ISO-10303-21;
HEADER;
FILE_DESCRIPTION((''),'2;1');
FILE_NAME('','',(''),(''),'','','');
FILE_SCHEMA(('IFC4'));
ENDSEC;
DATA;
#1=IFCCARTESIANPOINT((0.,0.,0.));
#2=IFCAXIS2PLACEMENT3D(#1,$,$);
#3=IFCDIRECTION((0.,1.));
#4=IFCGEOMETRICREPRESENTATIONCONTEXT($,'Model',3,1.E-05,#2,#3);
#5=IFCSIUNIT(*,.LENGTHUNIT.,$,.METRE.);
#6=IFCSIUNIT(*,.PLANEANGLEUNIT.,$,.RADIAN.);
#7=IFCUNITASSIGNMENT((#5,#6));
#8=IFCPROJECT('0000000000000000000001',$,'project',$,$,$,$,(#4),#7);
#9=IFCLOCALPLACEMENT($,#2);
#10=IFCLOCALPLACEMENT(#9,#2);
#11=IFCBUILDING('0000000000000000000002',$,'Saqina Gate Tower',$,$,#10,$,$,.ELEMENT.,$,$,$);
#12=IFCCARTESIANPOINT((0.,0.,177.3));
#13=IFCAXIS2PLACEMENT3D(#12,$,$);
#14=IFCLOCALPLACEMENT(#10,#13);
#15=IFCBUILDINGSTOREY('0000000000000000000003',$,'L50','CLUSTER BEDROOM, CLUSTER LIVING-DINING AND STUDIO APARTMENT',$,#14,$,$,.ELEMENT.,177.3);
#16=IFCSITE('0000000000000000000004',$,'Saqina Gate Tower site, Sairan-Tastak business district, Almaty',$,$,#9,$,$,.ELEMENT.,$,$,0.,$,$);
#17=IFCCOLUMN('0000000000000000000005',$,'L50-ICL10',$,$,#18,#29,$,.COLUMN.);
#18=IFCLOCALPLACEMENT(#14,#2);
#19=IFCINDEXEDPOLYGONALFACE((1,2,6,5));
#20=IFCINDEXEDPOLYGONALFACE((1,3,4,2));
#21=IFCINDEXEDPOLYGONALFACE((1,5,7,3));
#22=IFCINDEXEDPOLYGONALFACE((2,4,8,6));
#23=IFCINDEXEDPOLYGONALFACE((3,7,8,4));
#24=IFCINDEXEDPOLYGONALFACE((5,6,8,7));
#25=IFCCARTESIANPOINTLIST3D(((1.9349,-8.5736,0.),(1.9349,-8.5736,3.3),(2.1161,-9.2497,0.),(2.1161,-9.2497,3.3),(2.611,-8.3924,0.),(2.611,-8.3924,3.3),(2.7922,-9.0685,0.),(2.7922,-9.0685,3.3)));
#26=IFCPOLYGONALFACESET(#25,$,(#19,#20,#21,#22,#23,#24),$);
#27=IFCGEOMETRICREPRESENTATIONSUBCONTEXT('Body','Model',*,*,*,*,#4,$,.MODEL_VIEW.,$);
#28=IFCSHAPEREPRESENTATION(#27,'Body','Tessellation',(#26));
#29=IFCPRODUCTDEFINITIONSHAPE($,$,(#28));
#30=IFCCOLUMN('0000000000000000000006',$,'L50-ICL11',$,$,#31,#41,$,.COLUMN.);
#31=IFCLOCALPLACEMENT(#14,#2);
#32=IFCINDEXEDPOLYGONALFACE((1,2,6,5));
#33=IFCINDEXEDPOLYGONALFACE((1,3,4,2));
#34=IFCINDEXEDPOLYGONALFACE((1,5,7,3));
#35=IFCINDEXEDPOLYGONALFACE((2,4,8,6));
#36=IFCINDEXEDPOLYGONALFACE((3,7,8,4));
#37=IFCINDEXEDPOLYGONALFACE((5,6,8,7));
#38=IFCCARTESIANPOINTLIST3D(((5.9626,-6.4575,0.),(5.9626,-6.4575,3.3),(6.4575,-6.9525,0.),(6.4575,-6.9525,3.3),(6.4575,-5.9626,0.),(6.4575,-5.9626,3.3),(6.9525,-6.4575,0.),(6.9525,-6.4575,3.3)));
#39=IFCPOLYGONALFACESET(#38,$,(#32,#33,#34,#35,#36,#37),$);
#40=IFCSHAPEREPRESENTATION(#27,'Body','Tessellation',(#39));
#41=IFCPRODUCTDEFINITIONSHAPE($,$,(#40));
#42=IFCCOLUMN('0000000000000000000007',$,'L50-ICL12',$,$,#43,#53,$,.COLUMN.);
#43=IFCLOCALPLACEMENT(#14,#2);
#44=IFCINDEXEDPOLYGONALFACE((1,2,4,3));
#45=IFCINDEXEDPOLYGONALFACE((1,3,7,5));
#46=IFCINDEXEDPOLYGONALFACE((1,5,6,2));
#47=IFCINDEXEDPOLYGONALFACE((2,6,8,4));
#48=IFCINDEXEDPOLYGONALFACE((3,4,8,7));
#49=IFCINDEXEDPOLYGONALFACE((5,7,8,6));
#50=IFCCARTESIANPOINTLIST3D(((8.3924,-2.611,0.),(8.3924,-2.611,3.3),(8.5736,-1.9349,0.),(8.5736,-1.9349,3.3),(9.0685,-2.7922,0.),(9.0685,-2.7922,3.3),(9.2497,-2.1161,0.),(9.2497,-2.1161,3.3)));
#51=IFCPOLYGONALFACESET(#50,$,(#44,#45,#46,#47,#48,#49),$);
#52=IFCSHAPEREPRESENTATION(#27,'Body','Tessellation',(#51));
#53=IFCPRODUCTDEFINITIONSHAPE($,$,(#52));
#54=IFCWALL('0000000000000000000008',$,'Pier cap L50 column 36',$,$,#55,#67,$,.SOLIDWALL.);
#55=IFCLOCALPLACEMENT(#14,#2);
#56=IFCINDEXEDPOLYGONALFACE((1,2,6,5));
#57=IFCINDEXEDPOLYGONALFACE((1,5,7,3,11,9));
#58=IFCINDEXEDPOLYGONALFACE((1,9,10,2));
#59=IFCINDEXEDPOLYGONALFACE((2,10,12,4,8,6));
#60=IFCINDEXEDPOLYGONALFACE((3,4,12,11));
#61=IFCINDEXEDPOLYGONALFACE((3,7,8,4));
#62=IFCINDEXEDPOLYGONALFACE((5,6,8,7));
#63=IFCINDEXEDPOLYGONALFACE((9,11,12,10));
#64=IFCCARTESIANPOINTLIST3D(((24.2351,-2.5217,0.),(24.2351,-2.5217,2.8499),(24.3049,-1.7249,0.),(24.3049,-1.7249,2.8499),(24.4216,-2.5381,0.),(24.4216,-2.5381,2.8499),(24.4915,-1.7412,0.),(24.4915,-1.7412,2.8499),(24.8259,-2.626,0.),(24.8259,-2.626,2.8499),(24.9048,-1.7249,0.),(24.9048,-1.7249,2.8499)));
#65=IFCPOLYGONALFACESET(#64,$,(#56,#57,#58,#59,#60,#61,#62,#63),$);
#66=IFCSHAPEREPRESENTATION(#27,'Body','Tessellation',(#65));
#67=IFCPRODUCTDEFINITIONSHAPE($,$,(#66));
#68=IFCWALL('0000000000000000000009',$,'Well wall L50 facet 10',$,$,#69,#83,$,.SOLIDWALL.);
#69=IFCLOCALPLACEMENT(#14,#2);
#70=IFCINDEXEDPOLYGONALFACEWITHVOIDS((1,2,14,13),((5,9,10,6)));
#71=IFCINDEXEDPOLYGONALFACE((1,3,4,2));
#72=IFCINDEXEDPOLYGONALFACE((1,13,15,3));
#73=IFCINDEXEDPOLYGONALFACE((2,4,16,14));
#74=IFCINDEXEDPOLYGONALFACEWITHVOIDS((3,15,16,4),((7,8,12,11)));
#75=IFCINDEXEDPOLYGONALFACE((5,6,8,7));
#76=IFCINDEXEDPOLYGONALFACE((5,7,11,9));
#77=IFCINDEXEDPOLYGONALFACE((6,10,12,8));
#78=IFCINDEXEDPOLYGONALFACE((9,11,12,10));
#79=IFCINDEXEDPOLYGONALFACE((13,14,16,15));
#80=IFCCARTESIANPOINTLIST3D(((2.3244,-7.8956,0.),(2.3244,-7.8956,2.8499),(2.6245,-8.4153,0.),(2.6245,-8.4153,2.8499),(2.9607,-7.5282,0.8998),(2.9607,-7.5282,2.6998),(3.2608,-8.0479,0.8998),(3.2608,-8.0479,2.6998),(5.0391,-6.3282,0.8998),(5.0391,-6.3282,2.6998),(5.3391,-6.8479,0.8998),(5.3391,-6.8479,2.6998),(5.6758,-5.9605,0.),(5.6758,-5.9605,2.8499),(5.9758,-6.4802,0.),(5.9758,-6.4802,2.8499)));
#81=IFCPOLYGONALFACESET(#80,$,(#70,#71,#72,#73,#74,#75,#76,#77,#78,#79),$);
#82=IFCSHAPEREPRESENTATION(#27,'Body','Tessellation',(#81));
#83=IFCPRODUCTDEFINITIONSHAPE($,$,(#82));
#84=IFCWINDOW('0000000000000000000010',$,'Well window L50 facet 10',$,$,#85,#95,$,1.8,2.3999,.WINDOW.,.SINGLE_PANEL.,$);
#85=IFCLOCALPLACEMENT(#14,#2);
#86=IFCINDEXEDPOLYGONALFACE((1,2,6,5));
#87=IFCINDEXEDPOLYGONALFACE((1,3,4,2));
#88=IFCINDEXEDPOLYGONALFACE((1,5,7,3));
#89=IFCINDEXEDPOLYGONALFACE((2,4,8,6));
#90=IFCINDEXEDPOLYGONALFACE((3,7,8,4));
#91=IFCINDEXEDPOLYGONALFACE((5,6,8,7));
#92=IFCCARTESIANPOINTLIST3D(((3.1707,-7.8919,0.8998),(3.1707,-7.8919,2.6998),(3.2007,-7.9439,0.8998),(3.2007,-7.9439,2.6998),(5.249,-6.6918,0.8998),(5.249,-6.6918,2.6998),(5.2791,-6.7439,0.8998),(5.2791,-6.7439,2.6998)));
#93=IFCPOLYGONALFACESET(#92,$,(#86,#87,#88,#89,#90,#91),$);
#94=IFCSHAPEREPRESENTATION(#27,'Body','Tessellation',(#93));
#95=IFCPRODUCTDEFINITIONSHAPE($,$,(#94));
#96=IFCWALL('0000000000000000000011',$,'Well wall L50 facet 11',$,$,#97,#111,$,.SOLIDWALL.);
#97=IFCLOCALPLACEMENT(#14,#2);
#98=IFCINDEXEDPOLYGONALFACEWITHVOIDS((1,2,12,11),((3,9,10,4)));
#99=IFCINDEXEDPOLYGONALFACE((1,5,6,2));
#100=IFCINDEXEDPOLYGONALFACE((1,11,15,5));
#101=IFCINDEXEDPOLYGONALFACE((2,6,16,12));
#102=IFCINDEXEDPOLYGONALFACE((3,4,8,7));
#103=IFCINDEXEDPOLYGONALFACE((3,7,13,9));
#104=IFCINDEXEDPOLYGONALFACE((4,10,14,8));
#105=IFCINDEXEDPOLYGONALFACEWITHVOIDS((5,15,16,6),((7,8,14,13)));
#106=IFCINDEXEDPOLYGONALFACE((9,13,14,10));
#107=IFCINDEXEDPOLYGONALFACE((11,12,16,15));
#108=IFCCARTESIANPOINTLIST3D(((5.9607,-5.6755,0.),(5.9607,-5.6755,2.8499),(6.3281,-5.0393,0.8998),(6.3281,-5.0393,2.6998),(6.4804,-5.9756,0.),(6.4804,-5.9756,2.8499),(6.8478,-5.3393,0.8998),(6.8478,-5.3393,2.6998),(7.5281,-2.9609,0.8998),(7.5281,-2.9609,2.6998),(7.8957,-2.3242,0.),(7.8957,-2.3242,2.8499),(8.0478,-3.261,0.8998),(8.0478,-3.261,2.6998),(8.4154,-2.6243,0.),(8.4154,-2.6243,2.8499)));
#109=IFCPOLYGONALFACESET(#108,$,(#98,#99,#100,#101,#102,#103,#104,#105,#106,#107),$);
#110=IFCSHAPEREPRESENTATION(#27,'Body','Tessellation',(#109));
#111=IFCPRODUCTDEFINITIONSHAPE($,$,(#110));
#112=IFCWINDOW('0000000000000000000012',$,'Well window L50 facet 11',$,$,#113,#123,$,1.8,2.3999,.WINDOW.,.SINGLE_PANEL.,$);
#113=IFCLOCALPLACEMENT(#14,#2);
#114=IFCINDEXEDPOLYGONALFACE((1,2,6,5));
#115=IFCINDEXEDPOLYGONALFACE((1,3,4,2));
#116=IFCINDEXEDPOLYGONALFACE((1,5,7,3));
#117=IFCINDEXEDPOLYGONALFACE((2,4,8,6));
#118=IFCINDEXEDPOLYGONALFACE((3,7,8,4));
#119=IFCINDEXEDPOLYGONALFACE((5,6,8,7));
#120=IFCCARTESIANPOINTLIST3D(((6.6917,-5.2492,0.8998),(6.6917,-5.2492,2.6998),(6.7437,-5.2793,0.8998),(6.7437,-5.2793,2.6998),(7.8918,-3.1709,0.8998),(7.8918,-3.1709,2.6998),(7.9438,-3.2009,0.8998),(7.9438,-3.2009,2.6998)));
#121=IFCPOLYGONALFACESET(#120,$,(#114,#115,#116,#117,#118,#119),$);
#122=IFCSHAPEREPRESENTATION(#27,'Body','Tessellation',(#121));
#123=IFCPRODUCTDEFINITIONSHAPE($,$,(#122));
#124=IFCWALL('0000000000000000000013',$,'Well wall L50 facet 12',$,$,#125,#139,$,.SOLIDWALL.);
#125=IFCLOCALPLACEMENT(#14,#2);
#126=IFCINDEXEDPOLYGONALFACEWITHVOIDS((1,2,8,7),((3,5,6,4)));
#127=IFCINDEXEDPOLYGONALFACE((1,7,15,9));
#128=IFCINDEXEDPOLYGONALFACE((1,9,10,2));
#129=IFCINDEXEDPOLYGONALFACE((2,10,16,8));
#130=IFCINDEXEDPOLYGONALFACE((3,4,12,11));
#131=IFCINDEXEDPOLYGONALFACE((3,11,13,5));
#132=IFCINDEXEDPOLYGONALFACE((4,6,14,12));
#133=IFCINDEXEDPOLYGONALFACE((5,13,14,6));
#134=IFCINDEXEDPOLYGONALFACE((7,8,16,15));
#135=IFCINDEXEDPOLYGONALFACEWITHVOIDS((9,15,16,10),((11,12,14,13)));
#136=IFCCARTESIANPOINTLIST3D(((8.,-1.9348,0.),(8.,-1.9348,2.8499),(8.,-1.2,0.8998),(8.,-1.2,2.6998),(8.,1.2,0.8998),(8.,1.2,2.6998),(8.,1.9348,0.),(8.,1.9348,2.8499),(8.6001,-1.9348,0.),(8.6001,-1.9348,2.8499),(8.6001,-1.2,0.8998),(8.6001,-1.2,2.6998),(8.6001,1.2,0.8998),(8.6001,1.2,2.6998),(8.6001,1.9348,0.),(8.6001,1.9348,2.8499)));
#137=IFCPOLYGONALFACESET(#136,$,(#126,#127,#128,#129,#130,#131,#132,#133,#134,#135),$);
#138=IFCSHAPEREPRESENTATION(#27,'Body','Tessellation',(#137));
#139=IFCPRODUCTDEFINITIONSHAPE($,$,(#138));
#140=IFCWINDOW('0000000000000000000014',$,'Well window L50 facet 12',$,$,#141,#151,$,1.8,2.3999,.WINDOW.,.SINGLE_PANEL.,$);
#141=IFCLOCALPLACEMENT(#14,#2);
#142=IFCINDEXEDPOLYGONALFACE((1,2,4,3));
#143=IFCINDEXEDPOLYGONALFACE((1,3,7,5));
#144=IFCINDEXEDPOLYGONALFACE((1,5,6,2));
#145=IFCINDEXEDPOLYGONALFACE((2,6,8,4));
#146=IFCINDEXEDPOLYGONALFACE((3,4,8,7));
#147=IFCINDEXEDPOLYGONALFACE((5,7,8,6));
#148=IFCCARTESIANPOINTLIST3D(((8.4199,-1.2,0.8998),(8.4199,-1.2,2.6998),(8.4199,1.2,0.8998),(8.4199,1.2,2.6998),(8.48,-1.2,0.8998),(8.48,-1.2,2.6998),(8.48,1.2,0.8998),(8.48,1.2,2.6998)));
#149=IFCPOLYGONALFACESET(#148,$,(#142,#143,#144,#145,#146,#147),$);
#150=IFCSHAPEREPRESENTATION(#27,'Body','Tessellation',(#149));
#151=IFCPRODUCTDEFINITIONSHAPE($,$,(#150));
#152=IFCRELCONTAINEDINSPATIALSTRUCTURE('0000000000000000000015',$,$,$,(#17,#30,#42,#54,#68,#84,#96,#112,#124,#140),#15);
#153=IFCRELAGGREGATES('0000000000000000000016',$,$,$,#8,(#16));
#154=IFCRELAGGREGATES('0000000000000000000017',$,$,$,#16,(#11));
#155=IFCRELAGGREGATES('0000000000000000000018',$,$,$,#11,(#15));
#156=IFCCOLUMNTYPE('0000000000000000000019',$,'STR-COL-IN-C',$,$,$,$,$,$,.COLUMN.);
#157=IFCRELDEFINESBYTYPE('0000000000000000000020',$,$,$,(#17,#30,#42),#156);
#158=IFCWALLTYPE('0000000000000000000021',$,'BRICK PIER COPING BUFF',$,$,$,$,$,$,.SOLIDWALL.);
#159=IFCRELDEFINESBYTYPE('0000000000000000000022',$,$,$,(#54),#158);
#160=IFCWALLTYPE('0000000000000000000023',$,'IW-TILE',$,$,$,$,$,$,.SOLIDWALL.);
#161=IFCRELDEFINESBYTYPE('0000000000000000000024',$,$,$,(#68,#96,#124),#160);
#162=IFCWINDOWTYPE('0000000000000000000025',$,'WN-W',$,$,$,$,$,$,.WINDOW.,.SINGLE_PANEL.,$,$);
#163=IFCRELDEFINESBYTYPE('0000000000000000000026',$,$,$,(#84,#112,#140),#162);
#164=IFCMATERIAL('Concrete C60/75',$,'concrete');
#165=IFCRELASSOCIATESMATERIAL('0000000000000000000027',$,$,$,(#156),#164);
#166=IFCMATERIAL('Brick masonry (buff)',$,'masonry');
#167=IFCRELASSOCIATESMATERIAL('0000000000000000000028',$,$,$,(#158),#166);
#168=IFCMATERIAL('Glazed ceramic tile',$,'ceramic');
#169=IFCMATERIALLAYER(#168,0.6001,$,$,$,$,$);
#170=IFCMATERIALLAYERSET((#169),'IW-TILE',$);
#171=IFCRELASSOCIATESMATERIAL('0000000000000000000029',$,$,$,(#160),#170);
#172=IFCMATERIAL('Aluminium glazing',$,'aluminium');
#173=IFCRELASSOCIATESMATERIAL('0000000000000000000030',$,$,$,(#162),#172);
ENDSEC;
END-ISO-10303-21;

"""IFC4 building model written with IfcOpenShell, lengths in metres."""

from ifc_helpers import new_model, si_unit, direction, frame, frame_2d, origin, origin_2d, place, context, subcontext, project, spatial, polyline, rectangle, outline, extrude, material, layer, layer_set, material_profile, profile_set, type_object, element, fill, save


model = new_model("IFC4")

# Units and contexts
model_context = context("Model", 3, precision=1e-05, world=origin(), true_north=direction((0.0, 1.0)))
body_context = subcontext(model_context, "Body", "Model", "MODEL_VIEW")
ifc_project = project(units=[si_unit("LENGTHUNIT", "METRE"), si_unit("PLANEANGLEUNIT", "RADIAN")], contexts=[model_context])

# Site, building, storey
site_placement = place(None, origin())
site = spatial("IfcSite", under=ifc_project, at=site_placement, Name="Saqina Gate Tower site, Sairan-Tastak business district, Almaty", CompositionType="ELEMENT", RefElevation=0.0)
building_placement = place(site_placement, origin())
building = spatial("IfcBuilding", under=site, at=building_placement, Name="Saqina Gate Tower", CompositionType="ELEMENT")
storey_placement = place(building_placement, frame((0.0, 0.0, 177.3)))
storey = spatial("IfcBuildingStorey", under=building, at=storey_placement, Name="L50", Description="CLUSTER BEDROOM, CLUSTER LIVING-DINING AND STUDIO APARTMENT", CompositionType="ELEMENT", Elevation=177.3)

# Columns
ifc_material_1 = material(Name="Concrete C60/75", Category="concrete")
ifc_material_profile = material_profile(ifc_material_1, rectangle(XDim=0.7, YDim=0.7, at=origin_2d()), Name="RC 700x700")
ifc_profile_set = profile_set([ifc_material_profile], Name="Concrete C60/75")
column_type = type_object("IfcColumnType", Name="STR-COL-IN-C", PredefinedType="COLUMN", material=ifc_profile_set)
for number, where, z_axis, x_axis, name in (
    (1, (2.3635, -8.821, 0.0), (0.0, 0.0, 1.0), (0.258819, -0.965926, 0.0), "L50-ICL10"),
    (2, (6.4575, -6.4575, 0.0), (0.0, 0.0, 1.0), (0.707107, -0.707107, 0.0), "L50-ICL11"),
    (3, (8.821, -2.3635, 0.0), (0.0, 0.0, 1.0), (0.965926, -0.258819, 0.0), "L50-ICL12"),
):
    element("IfcColumn", number, at=place(storey_placement, frame(where, z_axis=z_axis, x_axis=x_axis)), inside=storey, type_object=column_type, Name=name, PredefinedType="COLUMN", context=body_context, shape_type="SweptSolid", body=[
        extrude(rectangle(XDim=0.7, YDim=0.7, at=origin_2d()), origin(), (0.0, 0.0, 1.0), 3.3),
    ])

# Wall
ifc_material_2 = material(Name="Brick masonry (buff)", Category="masonry")
wall_type_1 = type_object("IfcWallType", Name="BRICK PIER COPING BUFF", PredefinedType="SOLIDWALL", material=ifc_material_2)
wall_1_placement = place(storey_placement, origin())
element("IfcWall", 4, at=wall_1_placement, inside=storey, type_object=wall_type_1, Name="Pier cap L50 column 36", PredefinedType="SOLIDWALL", context=body_context, shape_type="SweptSolid", body=[
    extrude(outline(polyline([(24.8259, -2.626), (24.9048, -1.7249), (24.3049, -1.7249), (24.4915, -1.7412), (24.4216, -2.5381), (24.2351, -2.5217), (24.8259, -2.626)])), origin(), (0.0, 0.0, 1.0), 2.8499),
])

# Walls, openings, windows
ifc_material_3 = material(Name="Glazed ceramic tile", Category="ceramic")
ifc_layer_1 = layer(ifc_material_3, 0.6001)
ifc_layer_set_1 = layer_set([ifc_layer_1], Name="IW-TILE")
wall_type_2 = type_object("IfcWallType", Name="IW-TILE", PredefinedType="SOLIDWALL", material=ifc_layer_set_1)
wall_2_placement = place(storey_placement, frame((2.4744, -8.1555, 0.0), z_axis=(0.0, 0.0, 1.0), x_axis=(0.866006, 0.500034, 0.0)))
wall_2 = element("IfcWall", 5, at=wall_2_placement, inside=storey, type_object=wall_type_2, Name="Well wall L50 facet 10", PredefinedType="SOLIDWALL", context=body_context, shape_type="SweptSolid", body=[
    extrude(rectangle(XDim=3.8699, YDim=0.6001, at=frame_2d((1.9351, 0.0))), origin(), (0.0, 0.0, 1.0), 2.8499),
])
opening_1_placement = place(wall_2_placement, frame((0.7349, 0.0, 0.8999)))
opening_1 = element("IfcOpeningElement", 6, at=opening_1_placement, cuts=wall_2, PredefinedType="OPENING", context=body_context, shape_type="SweptSolid", body=[
    extrude(rectangle(XDim=2.3999, YDim=1.8, at=frame_2d((1.2, 0.8999))), frame((0.0, 0.312, 0.0), z_axis=(0.0, -1.0, 0.0), x_axis=(1.0, 0.0, 0.0)), (0.0, 0.0, 1.0), 0.624),
])
ifc_material_4 = material(Name="Aluminium glazing", Category="aluminium")
window_type = type_object("IfcWindowType", Name="WN-W", PartitioningType="SINGLE_PANEL", PredefinedType="WINDOW", material=ifc_material_4)
window_1_placement = place(opening_1_placement, origin())
window_1 = element("IfcWindow", 7, at=window_1_placement, inside=storey, type_object=window_type, Name="Well window L50 facet 10", OverallHeight=1.8, OverallWidth=2.3999, PartitioningType="SINGLE_PANEL", PredefinedType="WINDOW", context=body_context, shape_type="SweptSolid", body=[
    extrude(rectangle(XDim=2.3999, YDim=1.8, at=frame_2d((1.2, 0.8999))), frame((0.0, -0.1199, 0.0), z_axis=(0.0, -1.0, 0.0), x_axis=(1.0, 0.0, 0.0)), (0.0, 0.0, 1.0), 0.0601),
])
fill(opening_1, window_1)
wall_3_placement = place(storey_placement, frame((6.2205, -5.8257, 0.0), z_axis=(0.0, 0.0, 1.0), x_axis=(0.500034, 0.866006, 0.0)))
wall_3 = element("IfcWall", 8, at=wall_3_placement, inside=storey, type_object=wall_type_2, Name="Well wall L50 facet 11", PredefinedType="SOLIDWALL", context=body_context, shape_type="SweptSolid", body=[
    extrude(rectangle(XDim=3.8699, YDim=0.6001, at=frame_2d((1.9351, 0.0))), origin(), (0.0, 0.0, 1.0), 2.8499),
])
opening_2_placement = place(wall_3_placement, frame((0.7349, 0.0, 0.8999)))
opening_2 = element("IfcOpeningElement", 9, at=opening_2_placement, cuts=wall_3, PredefinedType="OPENING", context=body_context, shape_type="SweptSolid", body=[
    extrude(rectangle(XDim=2.3999, YDim=1.8, at=frame_2d((1.2, 0.8999))), frame((0.0, 0.312, 0.0), z_axis=(0.0, -1.0, 0.0), x_axis=(1.0, 0.0, 0.0)), (0.0, 0.0, 1.0), 0.624),
])
window_2_placement = place(opening_2_placement, origin())
window_2 = element("IfcWindow", 10, at=window_2_placement, inside=storey, type_object=window_type, Name="Well window L50 facet 11", OverallHeight=1.8, OverallWidth=2.3999, PartitioningType="SINGLE_PANEL", PredefinedType="WINDOW", context=body_context, shape_type="SweptSolid", body=[
    extrude(rectangle(XDim=2.3999, YDim=1.8, at=frame_2d((1.2, 0.8999))), frame((0.0, -0.1199, 0.0), z_axis=(0.0, -1.0, 0.0), x_axis=(1.0, 0.0, 0.0)), (0.0, 0.0, 1.0), 0.0601),
])
fill(opening_2, window_2)
wall_4_placement = place(storey_placement, frame((8.3, -1.9348, 0.0), z_axis=(0.0, 0.0, 1.0), x_axis=(0.0, 1.0, 0.0)))
wall_4 = element("IfcWall", 11, at=wall_4_placement, inside=storey, type_object=wall_type_2, Name="Well wall L50 facet 12", PredefinedType="SOLIDWALL", context=body_context, shape_type="SweptSolid", body=[
    extrude(rectangle(XDim=3.8696, YDim=0.6001, at=frame_2d((1.9348, 0.0))), origin(), (0.0, 0.0, 1.0), 2.8499),
])
opening_3_placement = place(wall_4_placement, frame((0.7349, 0.0, 0.8999)))
opening_3 = element("IfcOpeningElement", 12, at=opening_3_placement, cuts=wall_4, PredefinedType="OPENING", context=body_context, shape_type="SweptSolid", body=[
    extrude(rectangle(XDim=2.3999, YDim=1.8, at=frame_2d((1.2, 0.8999))), frame((0.0, 0.312, 0.0), z_axis=(0.0, -1.0, 0.0), x_axis=(1.0, 0.0, 0.0)), (0.0, 0.0, 1.0), 0.624),
])
window_3_placement = place(opening_3_placement, origin())
window_3 = element("IfcWindow", 13, at=window_3_placement, inside=storey, type_object=window_type, Name="Well window L50 facet 12", OverallHeight=1.8, OverallWidth=2.3999, PartitioningType="SINGLE_PANEL", PredefinedType="WINDOW", context=body_context, shape_type="SweptSolid", body=[
    extrude(rectangle(XDim=2.3999, YDim=1.8, at=frame_2d((1.2, 0.8999))), frame((0.0, -0.1199, 0.0), z_axis=(0.0, -1.0, 0.0), x_axis=(1.0, 0.0, 0.0)), (0.0, 0.0, 1.0), 0.0601),
])
fill(opening_3, window_3)

save(model, "model.ifc")
